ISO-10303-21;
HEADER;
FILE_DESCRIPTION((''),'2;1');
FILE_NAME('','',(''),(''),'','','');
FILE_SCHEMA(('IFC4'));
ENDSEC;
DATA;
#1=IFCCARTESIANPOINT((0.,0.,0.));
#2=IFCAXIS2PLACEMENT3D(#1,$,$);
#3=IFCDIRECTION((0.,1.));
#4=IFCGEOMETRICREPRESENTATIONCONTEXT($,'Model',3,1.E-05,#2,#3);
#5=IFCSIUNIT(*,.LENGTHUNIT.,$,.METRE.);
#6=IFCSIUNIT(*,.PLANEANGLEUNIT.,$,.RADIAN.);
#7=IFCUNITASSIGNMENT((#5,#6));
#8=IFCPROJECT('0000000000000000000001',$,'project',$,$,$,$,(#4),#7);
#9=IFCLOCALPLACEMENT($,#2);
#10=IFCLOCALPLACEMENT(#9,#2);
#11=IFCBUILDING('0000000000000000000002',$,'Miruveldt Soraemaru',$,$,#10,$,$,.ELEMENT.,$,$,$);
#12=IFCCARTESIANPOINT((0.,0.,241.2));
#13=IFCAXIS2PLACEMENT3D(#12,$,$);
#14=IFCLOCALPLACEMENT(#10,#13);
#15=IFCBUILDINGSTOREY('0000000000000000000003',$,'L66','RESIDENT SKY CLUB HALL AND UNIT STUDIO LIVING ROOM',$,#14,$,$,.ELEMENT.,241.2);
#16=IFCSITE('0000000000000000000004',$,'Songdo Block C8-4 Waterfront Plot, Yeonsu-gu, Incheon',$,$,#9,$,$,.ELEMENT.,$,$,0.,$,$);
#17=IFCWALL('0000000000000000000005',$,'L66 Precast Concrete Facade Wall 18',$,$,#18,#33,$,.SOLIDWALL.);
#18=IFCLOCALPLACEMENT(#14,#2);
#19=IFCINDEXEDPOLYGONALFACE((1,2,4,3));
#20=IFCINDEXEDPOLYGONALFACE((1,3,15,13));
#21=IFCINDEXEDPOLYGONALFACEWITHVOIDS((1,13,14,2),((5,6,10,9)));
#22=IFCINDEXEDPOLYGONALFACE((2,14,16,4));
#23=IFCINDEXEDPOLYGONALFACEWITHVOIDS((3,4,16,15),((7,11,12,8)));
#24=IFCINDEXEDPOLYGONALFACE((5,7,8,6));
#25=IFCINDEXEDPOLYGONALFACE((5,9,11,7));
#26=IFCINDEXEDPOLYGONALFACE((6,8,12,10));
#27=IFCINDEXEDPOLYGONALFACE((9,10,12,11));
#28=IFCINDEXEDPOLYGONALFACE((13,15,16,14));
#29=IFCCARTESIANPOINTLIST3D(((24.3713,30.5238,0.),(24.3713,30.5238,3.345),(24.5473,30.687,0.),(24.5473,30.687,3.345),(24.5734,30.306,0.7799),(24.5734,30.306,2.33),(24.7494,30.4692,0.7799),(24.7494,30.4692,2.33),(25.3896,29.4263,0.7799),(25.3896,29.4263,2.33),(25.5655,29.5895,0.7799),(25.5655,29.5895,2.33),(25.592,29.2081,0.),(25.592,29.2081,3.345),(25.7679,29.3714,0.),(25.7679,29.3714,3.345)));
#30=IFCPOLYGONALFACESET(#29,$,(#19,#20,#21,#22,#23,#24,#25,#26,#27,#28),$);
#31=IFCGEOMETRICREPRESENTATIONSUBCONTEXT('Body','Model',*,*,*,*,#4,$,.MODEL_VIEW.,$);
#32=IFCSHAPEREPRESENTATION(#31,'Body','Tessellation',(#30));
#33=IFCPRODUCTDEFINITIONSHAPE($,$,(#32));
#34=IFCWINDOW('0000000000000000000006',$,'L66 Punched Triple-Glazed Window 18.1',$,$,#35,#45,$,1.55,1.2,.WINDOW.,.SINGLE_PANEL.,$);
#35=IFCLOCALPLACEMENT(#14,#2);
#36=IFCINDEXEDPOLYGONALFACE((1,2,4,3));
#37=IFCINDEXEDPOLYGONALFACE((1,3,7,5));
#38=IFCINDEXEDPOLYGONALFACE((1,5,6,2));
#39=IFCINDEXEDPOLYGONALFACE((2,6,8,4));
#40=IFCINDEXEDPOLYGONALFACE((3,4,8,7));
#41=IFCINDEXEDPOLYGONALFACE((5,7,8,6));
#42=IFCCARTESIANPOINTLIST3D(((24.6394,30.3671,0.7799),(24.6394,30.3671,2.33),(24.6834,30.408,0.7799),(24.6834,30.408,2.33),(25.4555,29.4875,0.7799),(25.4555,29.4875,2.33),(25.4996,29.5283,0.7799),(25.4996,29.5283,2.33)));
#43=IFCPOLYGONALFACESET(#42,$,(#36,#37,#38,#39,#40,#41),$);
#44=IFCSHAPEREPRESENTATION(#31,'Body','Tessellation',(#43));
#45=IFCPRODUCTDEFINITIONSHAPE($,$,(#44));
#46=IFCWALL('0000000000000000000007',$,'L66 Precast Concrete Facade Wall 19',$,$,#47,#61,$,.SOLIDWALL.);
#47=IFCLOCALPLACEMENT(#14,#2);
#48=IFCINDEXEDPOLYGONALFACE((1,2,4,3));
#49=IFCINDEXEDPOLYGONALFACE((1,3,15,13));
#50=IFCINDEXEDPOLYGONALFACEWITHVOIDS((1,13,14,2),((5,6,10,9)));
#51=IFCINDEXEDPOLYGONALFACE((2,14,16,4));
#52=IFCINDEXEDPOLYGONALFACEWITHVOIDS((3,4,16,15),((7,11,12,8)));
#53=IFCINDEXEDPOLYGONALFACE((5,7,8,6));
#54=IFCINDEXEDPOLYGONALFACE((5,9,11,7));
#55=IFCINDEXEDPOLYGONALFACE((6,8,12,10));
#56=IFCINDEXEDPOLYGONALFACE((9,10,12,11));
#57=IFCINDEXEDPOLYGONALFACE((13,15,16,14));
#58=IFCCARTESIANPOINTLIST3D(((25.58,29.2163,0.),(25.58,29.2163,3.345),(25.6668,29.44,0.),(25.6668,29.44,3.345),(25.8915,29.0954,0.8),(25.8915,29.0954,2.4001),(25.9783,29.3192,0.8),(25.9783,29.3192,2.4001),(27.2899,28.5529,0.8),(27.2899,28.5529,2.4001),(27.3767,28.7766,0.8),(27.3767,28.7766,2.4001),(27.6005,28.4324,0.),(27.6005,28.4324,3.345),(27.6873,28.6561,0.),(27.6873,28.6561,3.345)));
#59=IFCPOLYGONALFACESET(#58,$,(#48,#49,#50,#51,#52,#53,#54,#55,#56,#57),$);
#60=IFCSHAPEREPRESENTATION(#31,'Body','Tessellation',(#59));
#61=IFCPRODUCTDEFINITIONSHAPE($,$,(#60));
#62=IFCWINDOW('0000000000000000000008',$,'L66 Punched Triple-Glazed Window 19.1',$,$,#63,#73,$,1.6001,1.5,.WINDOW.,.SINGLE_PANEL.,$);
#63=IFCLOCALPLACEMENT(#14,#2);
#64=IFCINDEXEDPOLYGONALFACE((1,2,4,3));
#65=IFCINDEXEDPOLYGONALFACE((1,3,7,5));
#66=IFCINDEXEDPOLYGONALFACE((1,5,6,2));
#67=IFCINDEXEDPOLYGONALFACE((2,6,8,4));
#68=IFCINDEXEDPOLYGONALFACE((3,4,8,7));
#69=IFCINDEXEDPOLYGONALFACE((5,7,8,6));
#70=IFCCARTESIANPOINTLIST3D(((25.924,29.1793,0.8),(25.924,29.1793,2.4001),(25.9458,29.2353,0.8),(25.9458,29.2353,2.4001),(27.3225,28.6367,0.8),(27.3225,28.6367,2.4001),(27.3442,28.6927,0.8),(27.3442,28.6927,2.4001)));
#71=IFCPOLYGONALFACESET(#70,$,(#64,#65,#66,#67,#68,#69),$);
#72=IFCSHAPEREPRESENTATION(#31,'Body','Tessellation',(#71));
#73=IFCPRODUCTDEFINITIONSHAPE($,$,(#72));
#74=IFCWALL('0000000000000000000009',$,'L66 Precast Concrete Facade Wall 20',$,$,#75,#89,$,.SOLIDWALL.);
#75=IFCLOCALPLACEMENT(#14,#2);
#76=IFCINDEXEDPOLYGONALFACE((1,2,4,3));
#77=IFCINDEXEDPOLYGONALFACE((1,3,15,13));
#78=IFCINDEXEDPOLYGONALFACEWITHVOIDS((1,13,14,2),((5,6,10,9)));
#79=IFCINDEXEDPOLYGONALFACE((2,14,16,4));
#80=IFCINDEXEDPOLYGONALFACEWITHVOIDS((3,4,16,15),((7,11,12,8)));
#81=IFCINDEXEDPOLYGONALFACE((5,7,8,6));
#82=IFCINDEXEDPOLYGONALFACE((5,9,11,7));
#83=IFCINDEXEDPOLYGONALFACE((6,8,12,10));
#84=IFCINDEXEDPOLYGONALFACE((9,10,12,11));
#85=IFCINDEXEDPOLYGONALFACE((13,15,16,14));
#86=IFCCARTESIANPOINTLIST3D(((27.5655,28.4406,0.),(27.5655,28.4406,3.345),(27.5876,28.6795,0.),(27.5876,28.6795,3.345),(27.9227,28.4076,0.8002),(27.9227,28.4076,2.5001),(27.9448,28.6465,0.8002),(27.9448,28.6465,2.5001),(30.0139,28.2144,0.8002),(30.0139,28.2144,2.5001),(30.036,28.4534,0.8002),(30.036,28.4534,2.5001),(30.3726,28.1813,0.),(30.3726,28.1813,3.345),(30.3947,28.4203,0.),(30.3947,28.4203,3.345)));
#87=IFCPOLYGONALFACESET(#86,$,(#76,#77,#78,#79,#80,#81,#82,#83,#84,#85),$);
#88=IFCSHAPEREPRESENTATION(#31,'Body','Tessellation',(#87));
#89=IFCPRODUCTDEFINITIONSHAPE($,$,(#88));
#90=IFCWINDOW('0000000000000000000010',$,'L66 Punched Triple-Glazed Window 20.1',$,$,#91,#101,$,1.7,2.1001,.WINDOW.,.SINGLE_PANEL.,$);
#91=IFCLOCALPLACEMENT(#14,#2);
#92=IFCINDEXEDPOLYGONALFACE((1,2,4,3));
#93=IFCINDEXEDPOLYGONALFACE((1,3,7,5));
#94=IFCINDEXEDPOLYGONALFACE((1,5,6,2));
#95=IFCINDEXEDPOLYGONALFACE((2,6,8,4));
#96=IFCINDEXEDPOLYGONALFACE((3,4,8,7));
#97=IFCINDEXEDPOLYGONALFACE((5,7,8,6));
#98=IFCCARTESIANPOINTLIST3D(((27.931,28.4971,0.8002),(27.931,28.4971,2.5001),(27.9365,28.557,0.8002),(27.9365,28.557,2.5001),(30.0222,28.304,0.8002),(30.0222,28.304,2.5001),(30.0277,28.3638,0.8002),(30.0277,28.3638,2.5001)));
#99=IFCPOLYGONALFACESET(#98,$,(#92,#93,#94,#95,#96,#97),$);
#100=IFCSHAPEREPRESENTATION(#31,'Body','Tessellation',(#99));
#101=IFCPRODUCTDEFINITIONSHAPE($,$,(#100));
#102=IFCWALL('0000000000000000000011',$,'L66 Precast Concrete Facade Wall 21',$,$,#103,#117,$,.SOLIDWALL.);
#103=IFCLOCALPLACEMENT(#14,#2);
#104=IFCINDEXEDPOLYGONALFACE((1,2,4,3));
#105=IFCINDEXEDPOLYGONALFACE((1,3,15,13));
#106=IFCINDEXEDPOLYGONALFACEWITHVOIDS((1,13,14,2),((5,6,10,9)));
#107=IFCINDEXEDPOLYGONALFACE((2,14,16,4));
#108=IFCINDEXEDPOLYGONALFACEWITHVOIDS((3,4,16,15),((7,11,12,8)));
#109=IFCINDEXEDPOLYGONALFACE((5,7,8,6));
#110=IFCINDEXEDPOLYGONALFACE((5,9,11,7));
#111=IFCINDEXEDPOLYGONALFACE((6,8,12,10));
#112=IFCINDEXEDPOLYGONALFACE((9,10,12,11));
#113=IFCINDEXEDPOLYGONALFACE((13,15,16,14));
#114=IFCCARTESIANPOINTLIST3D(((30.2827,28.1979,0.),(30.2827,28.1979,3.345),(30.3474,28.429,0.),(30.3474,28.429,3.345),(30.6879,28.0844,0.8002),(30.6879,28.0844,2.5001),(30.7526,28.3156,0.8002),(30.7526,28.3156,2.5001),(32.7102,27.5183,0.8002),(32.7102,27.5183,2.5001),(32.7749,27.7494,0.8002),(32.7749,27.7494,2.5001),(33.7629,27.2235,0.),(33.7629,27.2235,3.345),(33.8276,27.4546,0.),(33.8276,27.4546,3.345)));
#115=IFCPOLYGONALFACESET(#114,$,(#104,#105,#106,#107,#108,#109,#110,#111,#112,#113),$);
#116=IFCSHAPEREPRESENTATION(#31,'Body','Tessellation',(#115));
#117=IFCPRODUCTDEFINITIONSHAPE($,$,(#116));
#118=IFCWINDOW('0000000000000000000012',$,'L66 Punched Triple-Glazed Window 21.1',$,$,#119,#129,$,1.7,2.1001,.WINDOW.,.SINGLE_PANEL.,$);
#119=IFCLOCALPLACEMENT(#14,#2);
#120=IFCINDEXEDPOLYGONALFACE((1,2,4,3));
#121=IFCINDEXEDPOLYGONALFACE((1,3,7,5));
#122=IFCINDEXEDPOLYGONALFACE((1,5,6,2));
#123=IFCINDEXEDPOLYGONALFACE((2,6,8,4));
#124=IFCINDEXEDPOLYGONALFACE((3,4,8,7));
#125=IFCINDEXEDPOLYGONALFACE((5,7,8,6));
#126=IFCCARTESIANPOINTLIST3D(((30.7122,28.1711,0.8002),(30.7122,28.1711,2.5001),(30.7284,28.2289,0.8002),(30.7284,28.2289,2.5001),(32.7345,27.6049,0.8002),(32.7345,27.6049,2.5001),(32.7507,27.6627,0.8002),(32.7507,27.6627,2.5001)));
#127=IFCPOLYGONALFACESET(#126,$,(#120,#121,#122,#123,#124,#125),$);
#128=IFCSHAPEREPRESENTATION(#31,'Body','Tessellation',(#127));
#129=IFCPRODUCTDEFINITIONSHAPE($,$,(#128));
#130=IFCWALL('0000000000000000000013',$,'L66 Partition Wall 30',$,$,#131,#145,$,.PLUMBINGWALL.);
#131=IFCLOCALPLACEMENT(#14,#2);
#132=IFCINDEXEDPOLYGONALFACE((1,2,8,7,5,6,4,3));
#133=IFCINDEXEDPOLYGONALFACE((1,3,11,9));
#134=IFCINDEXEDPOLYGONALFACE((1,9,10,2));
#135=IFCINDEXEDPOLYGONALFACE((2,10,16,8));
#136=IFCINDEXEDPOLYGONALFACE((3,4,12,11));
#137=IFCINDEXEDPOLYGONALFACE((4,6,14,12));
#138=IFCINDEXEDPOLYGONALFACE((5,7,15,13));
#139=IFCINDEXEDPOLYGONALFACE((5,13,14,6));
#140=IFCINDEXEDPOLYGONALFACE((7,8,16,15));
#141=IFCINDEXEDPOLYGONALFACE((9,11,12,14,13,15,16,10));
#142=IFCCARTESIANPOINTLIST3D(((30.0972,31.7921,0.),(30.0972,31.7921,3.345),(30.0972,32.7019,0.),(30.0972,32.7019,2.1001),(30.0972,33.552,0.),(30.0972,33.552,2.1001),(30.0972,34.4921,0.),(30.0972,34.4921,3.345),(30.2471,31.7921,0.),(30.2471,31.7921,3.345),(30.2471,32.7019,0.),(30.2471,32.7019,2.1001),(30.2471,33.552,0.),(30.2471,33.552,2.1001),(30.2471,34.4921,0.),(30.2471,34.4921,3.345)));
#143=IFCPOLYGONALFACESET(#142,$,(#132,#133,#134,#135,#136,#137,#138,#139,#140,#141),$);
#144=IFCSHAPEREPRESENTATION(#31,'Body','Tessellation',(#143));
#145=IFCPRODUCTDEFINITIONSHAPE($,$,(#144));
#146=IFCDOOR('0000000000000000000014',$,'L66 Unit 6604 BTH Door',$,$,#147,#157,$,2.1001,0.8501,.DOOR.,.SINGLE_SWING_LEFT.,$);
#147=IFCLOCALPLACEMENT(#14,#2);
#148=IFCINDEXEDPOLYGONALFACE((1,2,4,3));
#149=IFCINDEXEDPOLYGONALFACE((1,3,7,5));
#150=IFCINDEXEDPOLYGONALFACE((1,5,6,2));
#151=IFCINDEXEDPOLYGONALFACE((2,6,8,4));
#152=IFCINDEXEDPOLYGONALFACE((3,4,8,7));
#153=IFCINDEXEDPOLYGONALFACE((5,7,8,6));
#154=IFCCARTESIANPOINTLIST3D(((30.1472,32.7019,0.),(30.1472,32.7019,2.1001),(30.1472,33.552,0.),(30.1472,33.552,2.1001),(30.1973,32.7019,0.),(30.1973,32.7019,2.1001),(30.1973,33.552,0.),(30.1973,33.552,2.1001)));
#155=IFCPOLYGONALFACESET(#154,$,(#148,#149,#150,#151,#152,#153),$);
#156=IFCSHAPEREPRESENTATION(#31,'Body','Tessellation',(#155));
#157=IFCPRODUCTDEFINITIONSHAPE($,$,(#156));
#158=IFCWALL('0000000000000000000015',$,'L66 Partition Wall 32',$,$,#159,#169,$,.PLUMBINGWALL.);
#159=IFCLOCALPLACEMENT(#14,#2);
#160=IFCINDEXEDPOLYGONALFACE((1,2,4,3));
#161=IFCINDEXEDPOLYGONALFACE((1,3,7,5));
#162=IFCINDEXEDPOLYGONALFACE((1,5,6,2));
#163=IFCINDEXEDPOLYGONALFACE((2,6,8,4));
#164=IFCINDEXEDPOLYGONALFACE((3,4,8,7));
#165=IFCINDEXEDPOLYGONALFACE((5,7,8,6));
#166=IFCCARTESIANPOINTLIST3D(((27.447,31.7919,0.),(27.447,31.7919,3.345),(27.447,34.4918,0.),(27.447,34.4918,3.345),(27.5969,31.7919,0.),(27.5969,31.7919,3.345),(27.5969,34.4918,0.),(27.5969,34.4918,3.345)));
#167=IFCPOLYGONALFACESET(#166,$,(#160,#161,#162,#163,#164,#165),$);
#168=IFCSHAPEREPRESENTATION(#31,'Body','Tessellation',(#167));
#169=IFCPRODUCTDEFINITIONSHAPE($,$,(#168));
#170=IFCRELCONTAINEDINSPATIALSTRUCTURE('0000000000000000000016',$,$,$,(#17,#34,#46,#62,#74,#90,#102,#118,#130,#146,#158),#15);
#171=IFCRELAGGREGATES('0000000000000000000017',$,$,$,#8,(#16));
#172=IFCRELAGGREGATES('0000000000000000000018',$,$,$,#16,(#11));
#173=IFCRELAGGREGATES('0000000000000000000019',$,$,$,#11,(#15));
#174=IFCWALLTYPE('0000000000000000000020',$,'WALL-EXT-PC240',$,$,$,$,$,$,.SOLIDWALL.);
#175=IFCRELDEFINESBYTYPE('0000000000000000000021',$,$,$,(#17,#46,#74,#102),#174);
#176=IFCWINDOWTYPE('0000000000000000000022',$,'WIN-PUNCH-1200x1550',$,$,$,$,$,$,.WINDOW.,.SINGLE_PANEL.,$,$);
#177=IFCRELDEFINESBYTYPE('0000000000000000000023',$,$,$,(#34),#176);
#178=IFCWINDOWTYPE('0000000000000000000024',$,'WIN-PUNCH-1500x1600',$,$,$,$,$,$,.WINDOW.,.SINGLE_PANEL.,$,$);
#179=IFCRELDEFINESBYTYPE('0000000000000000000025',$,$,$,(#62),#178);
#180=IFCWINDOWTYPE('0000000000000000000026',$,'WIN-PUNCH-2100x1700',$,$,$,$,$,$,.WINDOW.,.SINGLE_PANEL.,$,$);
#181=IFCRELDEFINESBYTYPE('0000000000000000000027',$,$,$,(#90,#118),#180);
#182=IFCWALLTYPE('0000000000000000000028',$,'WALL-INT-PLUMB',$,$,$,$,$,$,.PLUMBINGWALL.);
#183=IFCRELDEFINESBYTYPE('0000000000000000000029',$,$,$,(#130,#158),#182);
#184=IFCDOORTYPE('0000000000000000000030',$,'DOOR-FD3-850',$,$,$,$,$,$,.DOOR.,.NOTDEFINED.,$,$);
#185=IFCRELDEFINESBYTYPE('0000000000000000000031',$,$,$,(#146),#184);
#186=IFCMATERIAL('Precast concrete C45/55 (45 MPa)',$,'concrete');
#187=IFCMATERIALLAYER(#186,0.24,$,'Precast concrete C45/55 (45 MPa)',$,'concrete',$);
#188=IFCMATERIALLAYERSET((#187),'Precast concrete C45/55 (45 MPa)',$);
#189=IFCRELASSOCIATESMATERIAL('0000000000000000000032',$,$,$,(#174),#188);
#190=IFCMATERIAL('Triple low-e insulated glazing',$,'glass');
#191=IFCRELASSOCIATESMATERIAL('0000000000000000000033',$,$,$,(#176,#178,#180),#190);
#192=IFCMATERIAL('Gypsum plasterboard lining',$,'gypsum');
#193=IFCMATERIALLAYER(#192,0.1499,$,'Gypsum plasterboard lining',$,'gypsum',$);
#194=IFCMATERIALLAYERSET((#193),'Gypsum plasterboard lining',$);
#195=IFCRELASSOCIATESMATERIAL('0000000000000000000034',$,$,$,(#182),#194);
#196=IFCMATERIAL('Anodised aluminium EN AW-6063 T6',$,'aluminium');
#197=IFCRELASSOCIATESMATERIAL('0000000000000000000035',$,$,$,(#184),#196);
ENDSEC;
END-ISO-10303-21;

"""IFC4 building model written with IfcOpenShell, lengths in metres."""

from ifc_helpers import new_model, si_unit, direction, frame, frame_2d, origin, place, context, subcontext, project, spatial, rectangle, extrude, material, layer, layer_set, type_object, element, fill, save


model = new_model("IFC4")

# Units and contexts
model_context = context("Model", 3, precision=1e-05, world=origin(), true_north=direction((0.0, 1.0)))
body_context = subcontext(model_context, "Body", "Model", "MODEL_VIEW")
ifc_project = project(units=[si_unit("LENGTHUNIT", "METRE"), si_unit("PLANEANGLEUNIT", "RADIAN")], contexts=[model_context])

# Site, building, storey
site_placement = place(None, origin())
site = spatial("IfcSite", under=ifc_project, at=site_placement, Name="Songdo Block C8-4 Waterfront Plot, Yeonsu-gu, Incheon", CompositionType="ELEMENT", RefElevation=0.0)
building_placement = place(site_placement, origin())
building = spatial("IfcBuilding", under=site, at=building_placement, Name="Miruveldt Soraemaru", CompositionType="ELEMENT")
storey_placement = place(building_placement, frame((0.0, 0.0, 241.2)))
storey = spatial("IfcBuildingStorey", under=building, at=storey_placement, Name="L66", Description="RESIDENT SKY CLUB HALL AND UNIT STUDIO LIVING ROOM", CompositionType="ELEMENT", Elevation=241.2)

# Walls, openings, windows
ifc_material_1 = material(Name="Precast concrete C45/55 (45 MPa)", Category="concrete")
ifc_layer_1 = layer(ifc_material_1, 0.24, Name="Precast concrete C45/55 (45 MPa)", Category="concrete")
ifc_layer_set_1 = layer_set([ifc_layer_1], Name="Precast concrete C45/55 (45 MPa)")
wall_type_1 = type_object("IfcWallType", Name="WALL-EXT-PC240", PredefinedType="SOLIDWALL", material=ifc_layer_set_1)
ifc_material_2 = material(Name="Triple low-e insulated glazing", Category="glass")
window_type_1 = type_object("IfcWindowType", Name="WIN-PUNCH-1200x1550", PartitioningType="SINGLE_PANEL", PredefinedType="WINDOW", material=ifc_material_2)
wall_1_placement = place(storey_placement, frame((24.4592, 30.6055, 0.0), z_axis=(0.0, 0.0, 1.0), x_axis=(0.680154, -0.73307, 0.0)))
wall_1 = element("IfcWall", 1, at=wall_1_placement, inside=storey, type_object=wall_type_1, Name="L66 Precast Concrete Facade Wall 18", PredefinedType="SOLIDWALL", context=body_context, shape_type="SweptSolid", body=[
    extrude(rectangle(XDim=1.7947, YDim=0.24, at=frame_2d((0.8975, 0.0))), origin(), (0.0, 0.0, 1.0), 3.345),
])
opening_1_placement = place(wall_1_placement, frame((0.2971, 0.0, 0.78)))
opening_1 = element("IfcOpeningElement", 2, at=opening_1_placement, cuts=wall_1, PredefinedType="OPENING", context=body_context, shape_type="SweptSolid", body=[
    extrude(rectangle(XDim=1.2, YDim=1.55, at=frame_2d((0.6001, 0.7749))), frame((0.0, 0.1299, 0.0), z_axis=(0.0, -1.0, 0.0), x_axis=(1.0, 0.0, 0.0)), (0.0, 0.0, 1.0), 0.26),
])
window_1_placement = place(opening_1_placement, origin())
window_1 = element("IfcWindow", 3, at=window_1_placement, inside=storey, type_object=window_type_1, Name="L66 Punched Triple-Glazed Window 18.1", OverallHeight=1.55, OverallWidth=1.2, PartitioningType="SINGLE_PANEL", PredefinedType="WINDOW", context=body_context, shape_type="SweptSolid", body=[
    extrude(rectangle(XDim=1.2, YDim=1.55, at=frame_2d((0.6001, 0.7749))), frame((0.0, 0.03, 0.0), z_axis=(0.0, -1.0, 0.0), x_axis=(1.0, 0.0, 0.0)), (0.0, 0.0, 1.0), 0.0601),
])
fill(opening_1, window_1)
wall_2_placement = place(storey_placement, frame((25.6235, 29.3281, 0.0), z_axis=(0.0, 0.0, 1.0), x_axis=(0.932288, -0.361718, 0.0)))
wall_2 = element("IfcWall", 4, at=wall_2_placement, inside=storey, type_object=wall_type_1, Name="L66 Precast Concrete Facade Wall 19", PredefinedType="SOLIDWALL", context=body_context, shape_type="SweptSolid", body=[
    extrude(rectangle(XDim=2.1672, YDim=0.24, at=frame_2d((1.0835, 0.0))), origin(), (0.0, 0.0, 1.0), 3.345),
])
opening_2_placement = place(wall_2_placement, frame((0.334, 0.0, 0.8)))
opening_2 = element("IfcOpeningElement", 5, at=opening_2_placement, cuts=wall_2, PredefinedType="OPENING", context=body_context, shape_type="SweptSolid", body=[
    extrude(rectangle(XDim=1.5, YDim=1.6001, at=frame_2d((0.75, 0.8))), frame((0.0, 0.1299, 0.0), z_axis=(0.0, -1.0, 0.0), x_axis=(1.0, 0.0, 0.0)), (0.0, 0.0, 1.0), 0.26),
])
window_type_2 = type_object("IfcWindowType", Name="WIN-PUNCH-1500x1600", PartitioningType="SINGLE_PANEL", PredefinedType="WINDOW", material=ifc_material_2)
window_2_placement = place(opening_2_placement, origin())
window_2 = element("IfcWindow", 6, at=window_2_placement, inside=storey, type_object=window_type_2, Name="L66 Punched Triple-Glazed Window 19.1", OverallHeight=1.6001, OverallWidth=1.5, PartitioningType="SINGLE_PANEL", PredefinedType="WINDOW", context=body_context, shape_type="SweptSolid", body=[
    extrude(rectangle(XDim=1.5, YDim=1.6001, at=frame_2d((0.75, 0.8))), frame((0.0, 0.03, 0.0), z_axis=(0.0, -1.0, 0.0), x_axis=(1.0, 0.0, 0.0)), (0.0, 0.0, 1.0), 0.0601),
])
fill(opening_2, window_2)
wall_3_placement = place(storey_placement, frame((27.5764, 28.5601, 0.0), z_axis=(0.0, 0.0, 1.0), x_axis=(0.995762, -0.091972, 0.0)))
wall_3 = element("IfcWall", 7, at=wall_3_placement, inside=storey, type_object=wall_type_1, Name="L66 Precast Concrete Facade Wall 20", PredefinedType="SOLIDWALL", context=body_context, shape_type="SweptSolid", body=[
    extrude(rectangle(XDim=2.8191, YDim=0.24, at=frame_2d((1.4097, 0.0))), origin(), (0.0, 0.0, 1.0), 3.345),
])
opening_3_placement = place(wall_3_placement, frame((0.3589, 0.0, 0.8)))
opening_3 = element("IfcOpeningElement", 8, at=opening_3_placement, cuts=wall_3, PredefinedType="OPENING", context=body_context, shape_type="SweptSolid", body=[
    extrude(rectangle(XDim=2.1001, YDim=1.7, at=frame_2d((1.05, 0.8501))), frame((0.0, 0.1299, 0.0), z_axis=(0.0, -1.0, 0.0), x_axis=(1.0, 0.0, 0.0)), (0.0, 0.0, 1.0), 0.26),
])
window_type_3 = type_object("IfcWindowType", Name="WIN-PUNCH-2100x1700", PartitioningType="SINGLE_PANEL", PredefinedType="WINDOW", material=ifc_material_2)
window_3_placement = place(opening_3_placement, origin())
window_3 = element("IfcWindow", 9, at=window_3_placement, inside=storey, type_object=window_type_3, Name="L66 Punched Triple-Glazed Window 20.1", OverallHeight=1.7, OverallWidth=2.1001, PartitioningType="SINGLE_PANEL", PredefinedType="WINDOW", context=body_context, shape_type="SweptSolid", body=[
    extrude(rectangle(XDim=2.1001, YDim=1.7, at=frame_2d((1.05, 0.8501))), frame((0.0, 0.03, 0.0), z_axis=(0.0, -1.0, 0.0), x_axis=(1.0, 0.0, 0.0)), (0.0, 0.0, 1.0), 0.0601),
])
fill(opening_3, window_3)
wall_4_placement = place(storey_placement, frame((30.3149, 28.3135, 0.0), z_axis=(0.0, 0.0, 1.0), x_axis=(0.962971, -0.269605, 0.0)))
wall_4 = element("IfcWall", 10, at=wall_4_placement, inside=storey, type_object=wall_type_1, Name="L66 Precast Concrete Facade Wall 21", PredefinedType="SOLIDWALL", context=body_context, shape_type="SweptSolid", body=[
    extrude(rectangle(XDim=3.614, YDim=0.24, at=frame_2d((1.8071, 0.0))), origin(), (0.0, 0.0, 1.0), 3.345),
])
opening_4_placement = place(wall_4_placement, frame((0.4209, 0.0, 0.8)))
opening_4 = element("IfcOpeningElement", 11, at=opening_4_placement, cuts=wall_4, PredefinedType="OPENING", context=body_context, shape_type="SweptSolid", body=[
    extrude(rectangle(XDim=2.1001, YDim=1.7, at=frame_2d((1.05, 0.8501))), frame((0.0, 0.1299, 0.0), z_axis=(0.0, -1.0, 0.0), x_axis=(1.0, 0.0, 0.0)), (0.0, 0.0, 1.0), 0.26),
])
window_4_placement = place(opening_4_placement, origin())
window_4 = element("IfcWindow", 12, at=window_4_placement, inside=storey, type_object=window_type_3, Name="L66 Punched Triple-Glazed Window 21.1", OverallHeight=1.7, OverallWidth=2.1001, PartitioningType="SINGLE_PANEL", PredefinedType="WINDOW", context=body_context, shape_type="SweptSolid", body=[
    extrude(rectangle(XDim=2.1001, YDim=1.7, at=frame_2d((1.05, 0.8501))), frame((0.0, 0.03, 0.0), z_axis=(0.0, -1.0, 0.0), x_axis=(1.0, 0.0, 0.0)), (0.0, 0.0, 1.0), 0.0601),
])
fill(opening_4, window_4)

# Wall, opening, door
ifc_material_3 = material(Name="Gypsum plasterboard lining", Category="gypsum")
ifc_layer_2 = layer(ifc_material_3, 0.1499, Name="Gypsum plasterboard lining", Category="gypsum")
ifc_layer_set_2 = layer_set([ifc_layer_2], Name="Gypsum plasterboard lining")
wall_type_2 = type_object("IfcWallType", Name="WALL-INT-PLUMB", PredefinedType="PLUMBINGWALL", material=ifc_layer_set_2)
wall_5_placement = place(storey_placement, frame((30.1721, 31.792, 0.0), z_axis=(0.0, 0.0, 1.0), x_axis=(0.0, 1.0, 0.0)))
wall_5 = element("IfcWall", 13, at=wall_5_placement, inside=storey, type_object=wall_type_2, Name="L66 Partition Wall 30", PredefinedType="PLUMBINGWALL", context=body_context, shape_type="SweptSolid", body=[
    extrude(rectangle(XDim=2.7, YDim=0.1499, at=frame_2d((1.3501, 0.0))), origin(), (0.0, 0.0, 1.0), 3.345),
])
opening_5_placement = place(wall_5_placement, frame((0.9099, 0.0, 0.0)))
opening_5 = element("IfcOpeningElement", 14, at=opening_5_placement, cuts=wall_5, PredefinedType="OPENING", context=body_context, shape_type="SweptSolid", body=[
    extrude(rectangle(XDim=0.8501, YDim=2.1001, at=frame_2d((0.425, 1.05))), frame((0.0, 0.085, 0.0), z_axis=(0.0, -1.0, 0.0), x_axis=(1.0, 0.0, 0.0)), (0.0, 0.0, 1.0), 0.1699),
])
ifc_material_4 = material(Name="Anodised aluminium EN AW-6063 T6", Category="aluminium")
door_type = type_object("IfcDoorType", Name="DOOR-FD3-850", OperationType="NOTDEFINED", PredefinedType="DOOR", material=ifc_material_4)
door_placement = place(opening_5_placement, origin())
door = element("IfcDoor", 15, at=door_placement, inside=storey, type_object=door_type, Name="L66 Unit 6604 BTH Door", OperationType="SINGLE_SWING_LEFT", OverallHeight=2.1001, OverallWidth=0.8501, PredefinedType="DOOR", context=body_context, shape_type="SweptSolid", body=[
    extrude(rectangle(XDim=0.8501, YDim=2.1001, at=frame_2d((0.425, 1.05))), frame((0.0, 0.0249, 0.0), z_axis=(0.0, -1.0, 0.0), x_axis=(1.0, 0.0, 0.0)), (0.0, 0.0, 1.0), 0.05),
])
fill(opening_5, door)

# Wall
wall_6_placement = place(storey_placement, frame((27.522, 34.4919, 0.0), z_axis=(0.0, 0.0, 1.0), x_axis=(0.0, -1.0, 0.0)))
element("IfcWall", 16, at=wall_6_placement, inside=storey, type_object=wall_type_2, Name="L66 Partition Wall 32", PredefinedType="PLUMBINGWALL", context=body_context, shape_type="SweptSolid", body=[
    extrude(rectangle(XDim=2.7, YDim=0.1499, at=frame_2d((1.3501, 0.0))), origin(), (0.0, 0.0, 1.0), 3.345),
])

save(model, "model.ifc")
